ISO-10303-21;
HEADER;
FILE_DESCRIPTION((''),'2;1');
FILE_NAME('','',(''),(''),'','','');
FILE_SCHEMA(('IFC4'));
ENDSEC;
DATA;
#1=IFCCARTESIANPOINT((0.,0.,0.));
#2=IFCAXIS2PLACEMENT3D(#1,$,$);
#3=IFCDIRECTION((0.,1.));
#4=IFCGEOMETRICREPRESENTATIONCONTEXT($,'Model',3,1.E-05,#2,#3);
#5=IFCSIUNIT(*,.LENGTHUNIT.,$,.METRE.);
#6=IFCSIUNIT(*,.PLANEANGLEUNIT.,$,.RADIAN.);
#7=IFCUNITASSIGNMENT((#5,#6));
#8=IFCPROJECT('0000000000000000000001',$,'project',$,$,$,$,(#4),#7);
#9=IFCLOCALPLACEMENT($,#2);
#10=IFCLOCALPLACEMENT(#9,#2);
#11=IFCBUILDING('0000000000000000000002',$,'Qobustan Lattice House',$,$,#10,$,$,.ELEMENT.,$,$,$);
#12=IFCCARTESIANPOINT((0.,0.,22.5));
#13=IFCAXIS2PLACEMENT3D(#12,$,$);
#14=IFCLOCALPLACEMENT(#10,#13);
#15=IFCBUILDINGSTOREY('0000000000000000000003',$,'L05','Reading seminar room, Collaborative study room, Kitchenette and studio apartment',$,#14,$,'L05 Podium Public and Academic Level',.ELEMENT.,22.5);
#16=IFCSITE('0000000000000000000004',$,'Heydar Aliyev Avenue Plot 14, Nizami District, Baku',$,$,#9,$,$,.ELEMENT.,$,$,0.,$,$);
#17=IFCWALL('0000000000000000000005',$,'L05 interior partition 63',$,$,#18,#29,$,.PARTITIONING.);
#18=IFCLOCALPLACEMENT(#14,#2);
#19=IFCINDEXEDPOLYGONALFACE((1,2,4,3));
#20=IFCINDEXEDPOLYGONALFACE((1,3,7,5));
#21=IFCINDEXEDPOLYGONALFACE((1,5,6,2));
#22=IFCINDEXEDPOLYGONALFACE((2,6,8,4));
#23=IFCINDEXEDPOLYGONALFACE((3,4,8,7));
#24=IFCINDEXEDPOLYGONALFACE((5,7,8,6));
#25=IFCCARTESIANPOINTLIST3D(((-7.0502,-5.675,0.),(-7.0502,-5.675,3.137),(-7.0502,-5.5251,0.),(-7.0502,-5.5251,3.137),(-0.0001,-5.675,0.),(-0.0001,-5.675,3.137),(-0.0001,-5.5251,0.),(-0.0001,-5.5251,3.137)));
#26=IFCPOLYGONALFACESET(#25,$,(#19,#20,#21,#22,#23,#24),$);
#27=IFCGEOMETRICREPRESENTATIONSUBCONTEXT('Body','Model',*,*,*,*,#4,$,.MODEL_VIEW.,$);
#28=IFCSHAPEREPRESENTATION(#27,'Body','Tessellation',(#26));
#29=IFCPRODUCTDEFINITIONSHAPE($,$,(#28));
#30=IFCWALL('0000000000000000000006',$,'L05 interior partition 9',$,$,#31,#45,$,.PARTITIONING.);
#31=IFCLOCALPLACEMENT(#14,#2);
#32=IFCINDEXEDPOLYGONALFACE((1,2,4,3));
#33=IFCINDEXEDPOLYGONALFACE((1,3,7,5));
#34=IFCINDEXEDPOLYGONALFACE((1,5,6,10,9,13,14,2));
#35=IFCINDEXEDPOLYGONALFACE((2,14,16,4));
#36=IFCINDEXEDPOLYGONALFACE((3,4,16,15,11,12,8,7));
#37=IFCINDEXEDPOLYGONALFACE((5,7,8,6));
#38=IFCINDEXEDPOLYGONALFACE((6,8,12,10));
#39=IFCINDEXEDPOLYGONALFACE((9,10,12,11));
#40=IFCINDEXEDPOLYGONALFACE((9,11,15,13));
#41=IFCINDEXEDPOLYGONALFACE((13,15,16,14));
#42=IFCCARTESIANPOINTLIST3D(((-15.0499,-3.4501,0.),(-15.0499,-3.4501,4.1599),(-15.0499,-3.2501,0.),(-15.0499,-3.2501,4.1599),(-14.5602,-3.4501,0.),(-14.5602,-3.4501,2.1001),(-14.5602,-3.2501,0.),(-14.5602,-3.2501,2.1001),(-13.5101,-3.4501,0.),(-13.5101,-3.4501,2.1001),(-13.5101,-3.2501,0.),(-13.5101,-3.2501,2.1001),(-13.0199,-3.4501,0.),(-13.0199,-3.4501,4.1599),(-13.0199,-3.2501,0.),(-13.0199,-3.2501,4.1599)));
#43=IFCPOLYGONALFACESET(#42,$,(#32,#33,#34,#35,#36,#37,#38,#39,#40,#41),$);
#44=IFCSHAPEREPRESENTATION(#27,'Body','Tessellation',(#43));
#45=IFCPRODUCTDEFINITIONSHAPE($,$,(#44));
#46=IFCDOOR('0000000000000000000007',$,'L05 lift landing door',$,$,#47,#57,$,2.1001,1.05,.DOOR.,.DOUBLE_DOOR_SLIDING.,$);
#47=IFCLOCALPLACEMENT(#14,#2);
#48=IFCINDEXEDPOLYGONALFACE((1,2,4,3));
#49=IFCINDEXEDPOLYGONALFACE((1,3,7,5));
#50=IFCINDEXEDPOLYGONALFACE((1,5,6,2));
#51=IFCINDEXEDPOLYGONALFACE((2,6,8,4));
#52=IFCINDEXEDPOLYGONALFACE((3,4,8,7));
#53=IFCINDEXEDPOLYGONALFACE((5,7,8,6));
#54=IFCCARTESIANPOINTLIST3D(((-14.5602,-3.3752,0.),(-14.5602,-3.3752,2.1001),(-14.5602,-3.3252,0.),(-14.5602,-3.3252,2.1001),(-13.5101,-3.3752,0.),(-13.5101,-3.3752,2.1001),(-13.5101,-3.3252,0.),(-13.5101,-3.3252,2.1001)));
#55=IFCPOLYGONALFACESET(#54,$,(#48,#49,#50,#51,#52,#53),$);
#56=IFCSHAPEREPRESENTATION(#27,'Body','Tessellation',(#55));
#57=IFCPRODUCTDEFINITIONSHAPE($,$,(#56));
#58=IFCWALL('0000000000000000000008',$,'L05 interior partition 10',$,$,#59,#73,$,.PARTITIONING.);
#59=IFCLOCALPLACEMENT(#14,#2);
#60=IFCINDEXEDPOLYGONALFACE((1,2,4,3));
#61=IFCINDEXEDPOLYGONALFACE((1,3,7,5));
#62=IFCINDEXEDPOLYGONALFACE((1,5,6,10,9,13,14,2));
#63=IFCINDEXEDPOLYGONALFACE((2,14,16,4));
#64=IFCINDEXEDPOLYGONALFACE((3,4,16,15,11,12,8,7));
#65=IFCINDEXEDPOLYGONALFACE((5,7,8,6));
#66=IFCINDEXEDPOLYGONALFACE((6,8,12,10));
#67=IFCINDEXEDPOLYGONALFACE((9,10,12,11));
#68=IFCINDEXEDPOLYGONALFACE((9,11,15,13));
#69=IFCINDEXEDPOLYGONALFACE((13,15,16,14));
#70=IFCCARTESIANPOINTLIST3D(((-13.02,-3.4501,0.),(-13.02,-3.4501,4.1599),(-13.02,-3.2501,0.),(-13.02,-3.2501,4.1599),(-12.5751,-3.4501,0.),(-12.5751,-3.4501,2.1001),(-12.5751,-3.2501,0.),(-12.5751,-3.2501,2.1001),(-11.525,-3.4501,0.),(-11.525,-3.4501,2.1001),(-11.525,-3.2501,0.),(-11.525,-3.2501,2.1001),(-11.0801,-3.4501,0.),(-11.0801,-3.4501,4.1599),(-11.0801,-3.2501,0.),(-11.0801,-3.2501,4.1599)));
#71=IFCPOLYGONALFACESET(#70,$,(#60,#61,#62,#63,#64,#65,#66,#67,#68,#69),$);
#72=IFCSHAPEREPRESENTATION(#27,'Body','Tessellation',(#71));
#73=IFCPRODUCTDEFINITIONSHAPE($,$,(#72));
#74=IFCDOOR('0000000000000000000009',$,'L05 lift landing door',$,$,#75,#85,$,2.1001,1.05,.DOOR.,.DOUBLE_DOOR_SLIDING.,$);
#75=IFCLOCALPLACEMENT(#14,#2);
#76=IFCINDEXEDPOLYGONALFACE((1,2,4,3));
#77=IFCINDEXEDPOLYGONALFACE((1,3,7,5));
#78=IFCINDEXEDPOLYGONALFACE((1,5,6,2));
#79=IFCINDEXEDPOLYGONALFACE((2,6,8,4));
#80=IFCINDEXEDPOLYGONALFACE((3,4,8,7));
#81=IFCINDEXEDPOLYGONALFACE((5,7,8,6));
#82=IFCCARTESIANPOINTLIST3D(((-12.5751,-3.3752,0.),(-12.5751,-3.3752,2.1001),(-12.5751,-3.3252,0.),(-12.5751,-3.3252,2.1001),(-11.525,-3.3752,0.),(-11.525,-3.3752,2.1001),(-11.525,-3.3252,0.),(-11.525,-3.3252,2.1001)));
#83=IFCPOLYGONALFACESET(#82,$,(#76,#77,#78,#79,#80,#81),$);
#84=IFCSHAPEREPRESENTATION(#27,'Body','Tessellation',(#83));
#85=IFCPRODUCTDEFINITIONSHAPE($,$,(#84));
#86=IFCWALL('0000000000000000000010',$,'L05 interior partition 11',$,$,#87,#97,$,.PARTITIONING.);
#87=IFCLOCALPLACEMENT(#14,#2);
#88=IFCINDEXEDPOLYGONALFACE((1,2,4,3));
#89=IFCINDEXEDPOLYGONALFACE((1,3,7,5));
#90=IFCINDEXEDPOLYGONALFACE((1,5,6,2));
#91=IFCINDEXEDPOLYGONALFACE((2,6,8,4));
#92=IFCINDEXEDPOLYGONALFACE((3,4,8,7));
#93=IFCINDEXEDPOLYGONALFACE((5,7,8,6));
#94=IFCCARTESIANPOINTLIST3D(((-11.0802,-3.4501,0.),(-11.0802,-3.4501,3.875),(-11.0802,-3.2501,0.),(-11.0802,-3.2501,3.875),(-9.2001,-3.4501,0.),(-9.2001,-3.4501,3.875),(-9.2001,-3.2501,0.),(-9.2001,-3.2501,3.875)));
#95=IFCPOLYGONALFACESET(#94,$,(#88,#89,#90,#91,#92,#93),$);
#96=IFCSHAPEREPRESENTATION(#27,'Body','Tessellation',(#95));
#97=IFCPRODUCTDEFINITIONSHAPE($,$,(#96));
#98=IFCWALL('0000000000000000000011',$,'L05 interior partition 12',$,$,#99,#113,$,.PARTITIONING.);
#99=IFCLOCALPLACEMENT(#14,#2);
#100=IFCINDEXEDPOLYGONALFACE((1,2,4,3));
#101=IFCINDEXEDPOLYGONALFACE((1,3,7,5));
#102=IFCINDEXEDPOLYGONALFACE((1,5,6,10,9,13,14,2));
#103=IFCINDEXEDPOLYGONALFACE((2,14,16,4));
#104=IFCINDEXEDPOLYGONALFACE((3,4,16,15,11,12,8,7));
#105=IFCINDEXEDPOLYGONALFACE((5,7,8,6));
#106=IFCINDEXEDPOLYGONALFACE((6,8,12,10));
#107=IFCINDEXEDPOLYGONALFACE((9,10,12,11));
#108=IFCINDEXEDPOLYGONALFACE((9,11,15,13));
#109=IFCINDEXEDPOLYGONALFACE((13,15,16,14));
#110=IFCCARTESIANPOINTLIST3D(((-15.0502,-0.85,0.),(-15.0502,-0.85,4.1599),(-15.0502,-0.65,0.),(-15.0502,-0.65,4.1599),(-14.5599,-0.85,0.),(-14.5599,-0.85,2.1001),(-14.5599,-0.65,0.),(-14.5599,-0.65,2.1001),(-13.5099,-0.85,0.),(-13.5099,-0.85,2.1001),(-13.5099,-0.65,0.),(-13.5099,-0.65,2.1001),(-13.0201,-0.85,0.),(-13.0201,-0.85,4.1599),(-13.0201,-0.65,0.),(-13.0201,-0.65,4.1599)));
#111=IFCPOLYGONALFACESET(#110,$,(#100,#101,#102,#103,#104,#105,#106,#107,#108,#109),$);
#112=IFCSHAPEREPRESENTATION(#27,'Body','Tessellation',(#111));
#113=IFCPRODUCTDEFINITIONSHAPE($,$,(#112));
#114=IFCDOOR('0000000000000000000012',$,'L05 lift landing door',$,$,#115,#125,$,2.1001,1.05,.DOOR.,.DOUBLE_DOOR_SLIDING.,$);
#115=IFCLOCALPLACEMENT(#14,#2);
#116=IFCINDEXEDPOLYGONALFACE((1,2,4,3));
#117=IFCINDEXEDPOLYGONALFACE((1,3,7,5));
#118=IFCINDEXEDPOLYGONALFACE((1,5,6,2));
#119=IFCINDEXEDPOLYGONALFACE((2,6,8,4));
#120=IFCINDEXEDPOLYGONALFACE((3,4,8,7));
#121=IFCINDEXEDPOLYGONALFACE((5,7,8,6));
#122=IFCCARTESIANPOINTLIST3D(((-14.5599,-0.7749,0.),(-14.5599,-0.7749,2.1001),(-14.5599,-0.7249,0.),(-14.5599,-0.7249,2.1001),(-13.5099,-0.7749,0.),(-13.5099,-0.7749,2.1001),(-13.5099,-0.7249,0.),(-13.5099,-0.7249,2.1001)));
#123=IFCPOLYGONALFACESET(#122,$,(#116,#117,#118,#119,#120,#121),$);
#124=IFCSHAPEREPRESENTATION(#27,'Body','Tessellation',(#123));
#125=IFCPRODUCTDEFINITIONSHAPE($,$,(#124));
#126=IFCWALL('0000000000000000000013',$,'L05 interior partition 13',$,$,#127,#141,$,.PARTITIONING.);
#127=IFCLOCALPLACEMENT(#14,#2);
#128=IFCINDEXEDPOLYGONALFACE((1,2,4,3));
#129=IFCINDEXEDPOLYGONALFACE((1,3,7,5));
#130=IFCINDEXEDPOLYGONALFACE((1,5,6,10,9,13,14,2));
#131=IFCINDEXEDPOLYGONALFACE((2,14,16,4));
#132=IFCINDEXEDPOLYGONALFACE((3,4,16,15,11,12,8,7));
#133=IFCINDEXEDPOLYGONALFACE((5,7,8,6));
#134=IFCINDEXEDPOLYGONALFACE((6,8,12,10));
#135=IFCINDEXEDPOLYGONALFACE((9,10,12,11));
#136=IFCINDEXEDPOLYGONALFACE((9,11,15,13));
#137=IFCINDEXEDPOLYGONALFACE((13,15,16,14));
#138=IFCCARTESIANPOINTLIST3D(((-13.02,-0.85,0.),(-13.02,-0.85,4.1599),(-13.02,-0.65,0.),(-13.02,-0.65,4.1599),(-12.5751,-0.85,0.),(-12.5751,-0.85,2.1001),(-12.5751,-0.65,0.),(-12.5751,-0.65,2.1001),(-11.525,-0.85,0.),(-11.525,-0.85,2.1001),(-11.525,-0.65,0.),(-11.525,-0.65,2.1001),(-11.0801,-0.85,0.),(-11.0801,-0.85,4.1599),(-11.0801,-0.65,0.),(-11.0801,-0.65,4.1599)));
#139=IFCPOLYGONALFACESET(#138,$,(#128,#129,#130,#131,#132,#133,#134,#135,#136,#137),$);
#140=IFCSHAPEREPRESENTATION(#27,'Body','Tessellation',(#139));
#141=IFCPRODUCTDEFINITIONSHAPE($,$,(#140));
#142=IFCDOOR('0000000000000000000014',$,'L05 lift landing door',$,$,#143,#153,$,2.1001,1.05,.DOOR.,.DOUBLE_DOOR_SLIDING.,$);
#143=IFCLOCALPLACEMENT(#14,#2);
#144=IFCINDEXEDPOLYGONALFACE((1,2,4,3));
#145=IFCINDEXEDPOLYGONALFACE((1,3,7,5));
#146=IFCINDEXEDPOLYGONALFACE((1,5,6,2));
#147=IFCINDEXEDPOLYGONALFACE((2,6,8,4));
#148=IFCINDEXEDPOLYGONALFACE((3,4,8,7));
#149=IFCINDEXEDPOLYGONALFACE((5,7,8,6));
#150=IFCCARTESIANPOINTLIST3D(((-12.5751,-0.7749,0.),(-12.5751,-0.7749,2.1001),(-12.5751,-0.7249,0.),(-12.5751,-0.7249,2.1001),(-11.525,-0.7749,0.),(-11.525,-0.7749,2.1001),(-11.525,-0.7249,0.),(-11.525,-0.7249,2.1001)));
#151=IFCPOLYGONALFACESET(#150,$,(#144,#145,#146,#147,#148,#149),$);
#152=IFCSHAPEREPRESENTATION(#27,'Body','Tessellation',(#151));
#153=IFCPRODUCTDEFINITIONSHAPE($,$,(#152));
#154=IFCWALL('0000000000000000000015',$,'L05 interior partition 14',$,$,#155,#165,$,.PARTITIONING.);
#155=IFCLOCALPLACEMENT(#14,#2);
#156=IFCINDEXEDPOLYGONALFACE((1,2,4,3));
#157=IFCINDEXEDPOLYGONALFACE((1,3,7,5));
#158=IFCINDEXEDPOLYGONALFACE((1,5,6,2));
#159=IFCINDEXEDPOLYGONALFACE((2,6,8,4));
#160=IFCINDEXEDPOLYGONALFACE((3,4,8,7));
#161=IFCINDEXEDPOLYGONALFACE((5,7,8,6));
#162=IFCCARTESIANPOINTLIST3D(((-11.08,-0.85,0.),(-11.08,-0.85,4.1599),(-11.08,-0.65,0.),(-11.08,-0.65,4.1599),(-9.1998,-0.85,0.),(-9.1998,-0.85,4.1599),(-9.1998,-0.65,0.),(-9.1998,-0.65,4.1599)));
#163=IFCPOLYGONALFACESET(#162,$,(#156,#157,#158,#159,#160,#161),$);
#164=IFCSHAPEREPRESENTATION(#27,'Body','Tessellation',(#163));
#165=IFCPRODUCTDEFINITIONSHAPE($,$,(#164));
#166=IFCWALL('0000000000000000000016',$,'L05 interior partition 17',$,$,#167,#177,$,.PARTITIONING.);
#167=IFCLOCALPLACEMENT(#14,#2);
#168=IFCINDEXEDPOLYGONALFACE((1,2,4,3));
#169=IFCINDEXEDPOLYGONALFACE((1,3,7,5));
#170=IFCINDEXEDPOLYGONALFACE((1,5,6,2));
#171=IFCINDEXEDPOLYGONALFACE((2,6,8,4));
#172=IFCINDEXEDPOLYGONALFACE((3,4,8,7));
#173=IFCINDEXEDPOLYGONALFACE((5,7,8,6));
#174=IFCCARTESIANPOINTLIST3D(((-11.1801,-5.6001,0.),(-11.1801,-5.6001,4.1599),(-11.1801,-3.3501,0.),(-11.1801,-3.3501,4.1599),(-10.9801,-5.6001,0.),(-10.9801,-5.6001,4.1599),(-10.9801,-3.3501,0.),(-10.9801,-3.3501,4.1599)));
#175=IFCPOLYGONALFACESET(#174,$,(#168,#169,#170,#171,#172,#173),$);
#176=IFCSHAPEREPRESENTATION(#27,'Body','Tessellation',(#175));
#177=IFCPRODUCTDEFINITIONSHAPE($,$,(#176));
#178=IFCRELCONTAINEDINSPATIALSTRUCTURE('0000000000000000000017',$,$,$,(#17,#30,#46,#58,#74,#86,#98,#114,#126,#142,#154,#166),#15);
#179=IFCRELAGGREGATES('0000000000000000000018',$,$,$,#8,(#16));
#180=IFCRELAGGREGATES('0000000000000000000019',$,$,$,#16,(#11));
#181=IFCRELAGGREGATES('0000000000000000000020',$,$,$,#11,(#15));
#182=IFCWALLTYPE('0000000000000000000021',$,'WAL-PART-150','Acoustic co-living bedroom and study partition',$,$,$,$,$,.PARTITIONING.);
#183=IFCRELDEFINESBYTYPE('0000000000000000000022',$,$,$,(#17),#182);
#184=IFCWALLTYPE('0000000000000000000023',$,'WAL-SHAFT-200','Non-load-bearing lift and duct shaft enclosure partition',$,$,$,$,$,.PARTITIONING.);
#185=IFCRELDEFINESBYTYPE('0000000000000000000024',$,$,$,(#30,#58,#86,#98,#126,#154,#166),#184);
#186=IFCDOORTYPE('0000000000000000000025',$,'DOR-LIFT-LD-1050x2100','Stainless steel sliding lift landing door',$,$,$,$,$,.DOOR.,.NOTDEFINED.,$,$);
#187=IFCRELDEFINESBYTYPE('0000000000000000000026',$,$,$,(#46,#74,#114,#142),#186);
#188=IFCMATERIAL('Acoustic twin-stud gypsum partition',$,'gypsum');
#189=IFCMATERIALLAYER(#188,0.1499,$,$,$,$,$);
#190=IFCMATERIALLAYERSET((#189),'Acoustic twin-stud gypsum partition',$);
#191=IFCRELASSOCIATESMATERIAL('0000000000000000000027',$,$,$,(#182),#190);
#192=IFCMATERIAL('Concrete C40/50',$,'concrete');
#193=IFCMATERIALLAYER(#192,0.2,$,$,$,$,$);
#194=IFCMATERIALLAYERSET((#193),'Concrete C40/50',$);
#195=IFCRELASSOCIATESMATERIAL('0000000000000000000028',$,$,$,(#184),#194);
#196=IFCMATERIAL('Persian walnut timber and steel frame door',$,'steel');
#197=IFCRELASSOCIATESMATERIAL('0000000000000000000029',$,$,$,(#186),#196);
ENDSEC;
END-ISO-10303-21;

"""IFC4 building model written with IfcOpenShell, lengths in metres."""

from ifc_helpers import new_model, si_unit, direction, frame, frame_2d, origin, place, context, subcontext, project, spatial, rectangle, extrude, material, layer, layer_set, type_object, element, fill, save


model = new_model("IFC4")

# Units and contexts
model_context = context("Model", 3, precision=1e-05, world=origin(), true_north=direction((0.0, 1.0)))
body_context = subcontext(model_context, "Body", "Model", "MODEL_VIEW")
ifc_project = project(units=[si_unit("LENGTHUNIT", "METRE"), si_unit("PLANEANGLEUNIT", "RADIAN")], contexts=[model_context])

# Site, building, storey
site_placement = place(None, origin())
site = spatial("IfcSite", under=ifc_project, at=site_placement, Name="Heydar Aliyev Avenue Plot 14, Nizami District, Baku", CompositionType="ELEMENT", RefElevation=0.0)
building_placement = place(site_placement, origin())
building = spatial("IfcBuilding", under=site, at=building_placement, Name="Qobustan Lattice House", CompositionType="ELEMENT")
storey_placement = place(building_placement, frame((0.0, 0.0, 22.5)))
storey = spatial("IfcBuildingStorey", under=building, at=storey_placement, Name="L05", Description="Reading seminar room, Collaborative study room, Kitchenette and studio apartment", LongName="L05 Podium Public and Academic Level", CompositionType="ELEMENT", Elevation=22.5)

# Wall
ifc_material_1 = material(Name="Acoustic twin-stud gypsum partition", Category="gypsum")
ifc_layer_1 = layer(ifc_material_1, 0.1499)
ifc_layer_set_1 = layer_set([ifc_layer_1], Name="Acoustic twin-stud gypsum partition")
wall_type_1 = type_object("IfcWallType", Name="WAL-PART-150", Description="Acoustic co-living bedroom and study partition", PredefinedType="PARTITIONING", material=ifc_layer_set_1)
wall_1_placement = place(storey_placement, frame((-7.05, -5.6001, 0.0), z_axis=(0.0, 0.0, 1.0), x_axis=(1.0, 0.0, 0.0)))
element("IfcWall", 1, at=wall_1_placement, inside=storey, type_object=wall_type_1, Name="L05 interior partition 63", PredefinedType="PARTITIONING", context=body_context, shape_type="SweptSolid", body=[
    extrude(rectangle(XDim=7.05, YDim=0.1499, at=frame_2d((3.5249, 0.0))), origin(), (0.0, 0.0, 1.0), 3.137),
])

# Walls, openings, doors
ifc_material_2 = material(Name="Concrete C40/50", Category="concrete")
ifc_layer_2 = layer(ifc_material_2, 0.2)
ifc_layer_set_2 = layer_set([ifc_layer_2], Name="Concrete C40/50")
wall_type_2 = type_object("IfcWallType", Name="WAL-SHAFT-200", Description="Non-load-bearing lift and duct shaft enclosure partition", PredefinedType="PARTITIONING", material=ifc_layer_set_2)
wall_2_placement = place(storey_placement, frame((-15.05, -3.3501, 0.0), z_axis=(0.0, 0.0, 1.0), x_axis=(1.0, 0.0, 0.0)))
wall_2 = element("IfcWall", 2, at=wall_2_placement, inside=storey, type_object=wall_type_2, Name="L05 interior partition 9", PredefinedType="PARTITIONING", context=body_context, shape_type="SweptSolid", body=[
    extrude(rectangle(XDim=2.03, YDim=0.2, at=frame_2d((1.0151, 0.0))), origin(), (0.0, 0.0, 1.0), 4.1599),
])
opening_1_placement = place(wall_2_placement, frame((0.49, 0.0, 0.0)))
opening_1 = element("IfcOpeningElement", 3, at=opening_1_placement, cuts=wall_2, PredefinedType="OPENING", context=body_context, shape_type="SweptSolid", body=[
    extrude(rectangle(XDim=1.05, YDim=2.1001, at=frame_2d((0.5249, 1.05))), frame((0.0, 0.1099, 0.0), z_axis=(0.0, -1.0, 0.0), x_axis=(1.0, 0.0, 0.0)), (0.0, 0.0, 1.0), 0.22),
])
ifc_material_3 = material(Name="Persian walnut timber and steel frame door", Category="steel")
door_type_1 = type_object("IfcDoorType", Name="DOR-LIFT-LD-1050x2100", Description="Stainless steel sliding lift landing door", OperationType="NOTDEFINED", PredefinedType="DOOR", material=ifc_material_3)
door_1_placement = place(opening_1_placement, origin())
door_1 = element("IfcDoor", 4, at=door_1_placement, inside=storey, type_object=door_type_1, Name="L05 lift landing door", OperationType="DOUBLE_DOOR_SLIDING", OverallHeight=2.1001, OverallWidth=1.05, PredefinedType="DOOR", context=body_context, shape_type="SweptSolid", body=[
    extrude(rectangle(XDim=1.05, YDim=2.1001, at=frame_2d((0.5249, 1.05))), frame((0.0, 0.0249, 0.0), z_axis=(0.0, -1.0, 0.0), x_axis=(1.0, 0.0, 0.0)), (0.0, 0.0, 1.0), 0.05),
])
fill(opening_1, door_1)
wall_3_placement = place(storey_placement, frame((-13.02, -3.3501, 0.0), z_axis=(0.0, 0.0, 1.0), x_axis=(1.0, 0.0, 0.0)))
wall_3 = element("IfcWall", 5, at=wall_3_placement, inside=storey, type_object=wall_type_2, Name="L05 interior partition 10", PredefinedType="PARTITIONING", context=body_context, shape_type="SweptSolid", body=[
    extrude(rectangle(XDim=1.9399, YDim=0.2, at=frame_2d((0.97, 0.0))), origin(), (0.0, 0.0, 1.0), 4.1599),
])
opening_2_placement = place(wall_3_placement, frame((0.4451, 0.0, 0.0)))
opening_2 = element("IfcOpeningElement", 6, at=opening_2_placement, cuts=wall_3, PredefinedType="OPENING", context=body_context, shape_type="SweptSolid", body=[
    extrude(rectangle(XDim=1.05, YDim=2.1001, at=frame_2d((0.5249, 1.05))), frame((0.0, 0.1099, 0.0), z_axis=(0.0, -1.0, 0.0), x_axis=(1.0, 0.0, 0.0)), (0.0, 0.0, 1.0), 0.22),
])
door_2_placement = place(opening_2_placement, origin())
door_2 = element("IfcDoor", 7, at=door_2_placement, inside=storey, type_object=door_type_1, Name="L05 lift landing door", OperationType="DOUBLE_DOOR_SLIDING", OverallHeight=2.1001, OverallWidth=1.05, PredefinedType="DOOR", context=body_context, shape_type="SweptSolid", body=[
    extrude(rectangle(XDim=1.05, YDim=2.1001, at=frame_2d((0.5249, 1.05))), frame((0.0, 0.0249, 0.0), z_axis=(0.0, -1.0, 0.0), x_axis=(1.0, 0.0, 0.0)), (0.0, 0.0, 1.0), 0.05),
])
fill(opening_2, door_2)

# Wall
wall_4_placement = place(storey_placement, frame((-11.0801, -3.3501, 0.0), z_axis=(0.0, 0.0, 1.0), x_axis=(1.0, 0.0, 0.0)))
element("IfcWall", 8, at=wall_4_placement, inside=storey, type_object=wall_type_2, Name="L05 interior partition 11", PredefinedType="PARTITIONING", context=body_context, shape_type="SweptSolid", body=[
    extrude(rectangle(XDim=1.8801, YDim=0.2, at=frame_2d((0.9399, 0.0))), origin(), (0.0, 0.0, 1.0), 3.875),
])

# Walls, openings, doors
wall_5_placement = place(storey_placement, frame((-13.02, -0.75, 0.0), z_axis=(0.0, 0.0, 1.0), x_axis=(-1.0, 0.0, 0.0)))
wall_5 = element("IfcWall", 9, at=wall_5_placement, inside=storey, type_object=wall_type_2, Name="L05 interior partition 12", PredefinedType="PARTITIONING", context=body_context, shape_type="SweptSolid", body=[
    extrude(rectangle(XDim=2.03, YDim=0.2, at=frame_2d((1.0151, 0.0))), origin(), (0.0, 0.0, 1.0), 4.1599),
])
opening_3_placement = place(wall_5_placement, frame((0.49, 0.0, 0.0)))
opening_3 = element("IfcOpeningElement", 10, at=opening_3_placement, cuts=wall_5, PredefinedType="OPENING", context=body_context, shape_type="SweptSolid", body=[
    extrude(rectangle(XDim=1.05, YDim=2.1001, at=frame_2d((0.5249, 1.05))), frame((0.0, 0.1099, 0.0), z_axis=(0.0, -1.0, 0.0), x_axis=(1.0, 0.0, 0.0)), (0.0, 0.0, 1.0), 0.22),
])
door_3_placement = place(opening_3_placement, origin())
door_3 = element("IfcDoor", 11, at=door_3_placement, inside=storey, type_object=door_type_1, Name="L05 lift landing door", OperationType="DOUBLE_DOOR_SLIDING", OverallHeight=2.1001, OverallWidth=1.05, PredefinedType="DOOR", context=body_context, shape_type="SweptSolid", body=[
    extrude(rectangle(XDim=1.05, YDim=2.1001, at=frame_2d((0.5249, 1.05))), frame((0.0, 0.0249, 0.0), z_axis=(0.0, -1.0, 0.0), x_axis=(1.0, 0.0, 0.0)), (0.0, 0.0, 1.0), 0.05),
])
fill(opening_3, door_3)
wall_6_placement = place(storey_placement, frame((-11.0801, -0.75, 0.0), z_axis=(0.0, 0.0, 1.0), x_axis=(-1.0, 0.0, 0.0)))
wall_6 = element("IfcWall", 12, at=wall_6_placement, inside=storey, type_object=wall_type_2, Name="L05 interior partition 13", PredefinedType="PARTITIONING", context=body_context, shape_type="SweptSolid", body=[
    extrude(rectangle(XDim=1.9399, YDim=0.2, at=frame_2d((0.97, 0.0))), origin(), (0.0, 0.0, 1.0), 4.1599),
])
opening_4_placement = place(wall_6_placement, frame((0.4451, 0.0, 0.0)))
opening_4 = element("IfcOpeningElement", 13, at=opening_4_placement, cuts=wall_6, PredefinedType="OPENING", context=body_context, shape_type="SweptSolid", body=[
    extrude(rectangle(XDim=1.05, YDim=2.1001, at=frame_2d((0.5249, 1.05))), frame((0.0, 0.1099, 0.0), z_axis=(0.0, -1.0, 0.0), x_axis=(1.0, 0.0, 0.0)), (0.0, 0.0, 1.0), 0.22),
])
door_4_placement = place(opening_4_placement, origin())
door_4 = element("IfcDoor", 14, at=door_4_placement, inside=storey, type_object=door_type_1, Name="L05 lift landing door", OperationType="DOUBLE_DOOR_SLIDING", OverallHeight=2.1001, OverallWidth=1.05, PredefinedType="DOOR", context=body_context, shape_type="SweptSolid", body=[
    extrude(rectangle(XDim=1.05, YDim=2.1001, at=frame_2d((0.5249, 1.05))), frame((0.0, 0.0249, 0.0), z_axis=(0.0, -1.0, 0.0), x_axis=(1.0, 0.0, 0.0)), (0.0, 0.0, 1.0), 0.05),
])
fill(opening_4, door_4)

# Walls
wall_7_placement = place(storey_placement, frame((-9.2, -0.75, 0.0), z_axis=(0.0, 0.0, 1.0), x_axis=(-1.0, 0.0, 0.0)))
element("IfcWall", 15, at=wall_7_placement, inside=storey, type_object=wall_type_2, Name="L05 interior partition 14", PredefinedType="PARTITIONING", context=body_context, shape_type="SweptSolid", body=[
    extrude(rectangle(XDim=1.8801, YDim=0.2, at=frame_2d((0.9399, 0.0))), origin(), (0.0, 0.0, 1.0), 4.1599),
])
wall_8_placement = place(storey_placement, frame((-11.0801, -5.6001, 0.0), z_axis=(0.0, 0.0, 1.0), x_axis=(0.0, 1.0, 0.0)))
element("IfcWall", 16, at=wall_8_placement, inside=storey, type_object=wall_type_2, Name="L05 interior partition 17", PredefinedType="PARTITIONING", context=body_context, shape_type="SweptSolid", body=[
    extrude(rectangle(XDim=2.25, YDim=0.2, at=frame_2d((1.125, 0.0))), origin(), (0.0, 0.0, 1.0), 4.1599),
])

save(model, "model.ifc")
